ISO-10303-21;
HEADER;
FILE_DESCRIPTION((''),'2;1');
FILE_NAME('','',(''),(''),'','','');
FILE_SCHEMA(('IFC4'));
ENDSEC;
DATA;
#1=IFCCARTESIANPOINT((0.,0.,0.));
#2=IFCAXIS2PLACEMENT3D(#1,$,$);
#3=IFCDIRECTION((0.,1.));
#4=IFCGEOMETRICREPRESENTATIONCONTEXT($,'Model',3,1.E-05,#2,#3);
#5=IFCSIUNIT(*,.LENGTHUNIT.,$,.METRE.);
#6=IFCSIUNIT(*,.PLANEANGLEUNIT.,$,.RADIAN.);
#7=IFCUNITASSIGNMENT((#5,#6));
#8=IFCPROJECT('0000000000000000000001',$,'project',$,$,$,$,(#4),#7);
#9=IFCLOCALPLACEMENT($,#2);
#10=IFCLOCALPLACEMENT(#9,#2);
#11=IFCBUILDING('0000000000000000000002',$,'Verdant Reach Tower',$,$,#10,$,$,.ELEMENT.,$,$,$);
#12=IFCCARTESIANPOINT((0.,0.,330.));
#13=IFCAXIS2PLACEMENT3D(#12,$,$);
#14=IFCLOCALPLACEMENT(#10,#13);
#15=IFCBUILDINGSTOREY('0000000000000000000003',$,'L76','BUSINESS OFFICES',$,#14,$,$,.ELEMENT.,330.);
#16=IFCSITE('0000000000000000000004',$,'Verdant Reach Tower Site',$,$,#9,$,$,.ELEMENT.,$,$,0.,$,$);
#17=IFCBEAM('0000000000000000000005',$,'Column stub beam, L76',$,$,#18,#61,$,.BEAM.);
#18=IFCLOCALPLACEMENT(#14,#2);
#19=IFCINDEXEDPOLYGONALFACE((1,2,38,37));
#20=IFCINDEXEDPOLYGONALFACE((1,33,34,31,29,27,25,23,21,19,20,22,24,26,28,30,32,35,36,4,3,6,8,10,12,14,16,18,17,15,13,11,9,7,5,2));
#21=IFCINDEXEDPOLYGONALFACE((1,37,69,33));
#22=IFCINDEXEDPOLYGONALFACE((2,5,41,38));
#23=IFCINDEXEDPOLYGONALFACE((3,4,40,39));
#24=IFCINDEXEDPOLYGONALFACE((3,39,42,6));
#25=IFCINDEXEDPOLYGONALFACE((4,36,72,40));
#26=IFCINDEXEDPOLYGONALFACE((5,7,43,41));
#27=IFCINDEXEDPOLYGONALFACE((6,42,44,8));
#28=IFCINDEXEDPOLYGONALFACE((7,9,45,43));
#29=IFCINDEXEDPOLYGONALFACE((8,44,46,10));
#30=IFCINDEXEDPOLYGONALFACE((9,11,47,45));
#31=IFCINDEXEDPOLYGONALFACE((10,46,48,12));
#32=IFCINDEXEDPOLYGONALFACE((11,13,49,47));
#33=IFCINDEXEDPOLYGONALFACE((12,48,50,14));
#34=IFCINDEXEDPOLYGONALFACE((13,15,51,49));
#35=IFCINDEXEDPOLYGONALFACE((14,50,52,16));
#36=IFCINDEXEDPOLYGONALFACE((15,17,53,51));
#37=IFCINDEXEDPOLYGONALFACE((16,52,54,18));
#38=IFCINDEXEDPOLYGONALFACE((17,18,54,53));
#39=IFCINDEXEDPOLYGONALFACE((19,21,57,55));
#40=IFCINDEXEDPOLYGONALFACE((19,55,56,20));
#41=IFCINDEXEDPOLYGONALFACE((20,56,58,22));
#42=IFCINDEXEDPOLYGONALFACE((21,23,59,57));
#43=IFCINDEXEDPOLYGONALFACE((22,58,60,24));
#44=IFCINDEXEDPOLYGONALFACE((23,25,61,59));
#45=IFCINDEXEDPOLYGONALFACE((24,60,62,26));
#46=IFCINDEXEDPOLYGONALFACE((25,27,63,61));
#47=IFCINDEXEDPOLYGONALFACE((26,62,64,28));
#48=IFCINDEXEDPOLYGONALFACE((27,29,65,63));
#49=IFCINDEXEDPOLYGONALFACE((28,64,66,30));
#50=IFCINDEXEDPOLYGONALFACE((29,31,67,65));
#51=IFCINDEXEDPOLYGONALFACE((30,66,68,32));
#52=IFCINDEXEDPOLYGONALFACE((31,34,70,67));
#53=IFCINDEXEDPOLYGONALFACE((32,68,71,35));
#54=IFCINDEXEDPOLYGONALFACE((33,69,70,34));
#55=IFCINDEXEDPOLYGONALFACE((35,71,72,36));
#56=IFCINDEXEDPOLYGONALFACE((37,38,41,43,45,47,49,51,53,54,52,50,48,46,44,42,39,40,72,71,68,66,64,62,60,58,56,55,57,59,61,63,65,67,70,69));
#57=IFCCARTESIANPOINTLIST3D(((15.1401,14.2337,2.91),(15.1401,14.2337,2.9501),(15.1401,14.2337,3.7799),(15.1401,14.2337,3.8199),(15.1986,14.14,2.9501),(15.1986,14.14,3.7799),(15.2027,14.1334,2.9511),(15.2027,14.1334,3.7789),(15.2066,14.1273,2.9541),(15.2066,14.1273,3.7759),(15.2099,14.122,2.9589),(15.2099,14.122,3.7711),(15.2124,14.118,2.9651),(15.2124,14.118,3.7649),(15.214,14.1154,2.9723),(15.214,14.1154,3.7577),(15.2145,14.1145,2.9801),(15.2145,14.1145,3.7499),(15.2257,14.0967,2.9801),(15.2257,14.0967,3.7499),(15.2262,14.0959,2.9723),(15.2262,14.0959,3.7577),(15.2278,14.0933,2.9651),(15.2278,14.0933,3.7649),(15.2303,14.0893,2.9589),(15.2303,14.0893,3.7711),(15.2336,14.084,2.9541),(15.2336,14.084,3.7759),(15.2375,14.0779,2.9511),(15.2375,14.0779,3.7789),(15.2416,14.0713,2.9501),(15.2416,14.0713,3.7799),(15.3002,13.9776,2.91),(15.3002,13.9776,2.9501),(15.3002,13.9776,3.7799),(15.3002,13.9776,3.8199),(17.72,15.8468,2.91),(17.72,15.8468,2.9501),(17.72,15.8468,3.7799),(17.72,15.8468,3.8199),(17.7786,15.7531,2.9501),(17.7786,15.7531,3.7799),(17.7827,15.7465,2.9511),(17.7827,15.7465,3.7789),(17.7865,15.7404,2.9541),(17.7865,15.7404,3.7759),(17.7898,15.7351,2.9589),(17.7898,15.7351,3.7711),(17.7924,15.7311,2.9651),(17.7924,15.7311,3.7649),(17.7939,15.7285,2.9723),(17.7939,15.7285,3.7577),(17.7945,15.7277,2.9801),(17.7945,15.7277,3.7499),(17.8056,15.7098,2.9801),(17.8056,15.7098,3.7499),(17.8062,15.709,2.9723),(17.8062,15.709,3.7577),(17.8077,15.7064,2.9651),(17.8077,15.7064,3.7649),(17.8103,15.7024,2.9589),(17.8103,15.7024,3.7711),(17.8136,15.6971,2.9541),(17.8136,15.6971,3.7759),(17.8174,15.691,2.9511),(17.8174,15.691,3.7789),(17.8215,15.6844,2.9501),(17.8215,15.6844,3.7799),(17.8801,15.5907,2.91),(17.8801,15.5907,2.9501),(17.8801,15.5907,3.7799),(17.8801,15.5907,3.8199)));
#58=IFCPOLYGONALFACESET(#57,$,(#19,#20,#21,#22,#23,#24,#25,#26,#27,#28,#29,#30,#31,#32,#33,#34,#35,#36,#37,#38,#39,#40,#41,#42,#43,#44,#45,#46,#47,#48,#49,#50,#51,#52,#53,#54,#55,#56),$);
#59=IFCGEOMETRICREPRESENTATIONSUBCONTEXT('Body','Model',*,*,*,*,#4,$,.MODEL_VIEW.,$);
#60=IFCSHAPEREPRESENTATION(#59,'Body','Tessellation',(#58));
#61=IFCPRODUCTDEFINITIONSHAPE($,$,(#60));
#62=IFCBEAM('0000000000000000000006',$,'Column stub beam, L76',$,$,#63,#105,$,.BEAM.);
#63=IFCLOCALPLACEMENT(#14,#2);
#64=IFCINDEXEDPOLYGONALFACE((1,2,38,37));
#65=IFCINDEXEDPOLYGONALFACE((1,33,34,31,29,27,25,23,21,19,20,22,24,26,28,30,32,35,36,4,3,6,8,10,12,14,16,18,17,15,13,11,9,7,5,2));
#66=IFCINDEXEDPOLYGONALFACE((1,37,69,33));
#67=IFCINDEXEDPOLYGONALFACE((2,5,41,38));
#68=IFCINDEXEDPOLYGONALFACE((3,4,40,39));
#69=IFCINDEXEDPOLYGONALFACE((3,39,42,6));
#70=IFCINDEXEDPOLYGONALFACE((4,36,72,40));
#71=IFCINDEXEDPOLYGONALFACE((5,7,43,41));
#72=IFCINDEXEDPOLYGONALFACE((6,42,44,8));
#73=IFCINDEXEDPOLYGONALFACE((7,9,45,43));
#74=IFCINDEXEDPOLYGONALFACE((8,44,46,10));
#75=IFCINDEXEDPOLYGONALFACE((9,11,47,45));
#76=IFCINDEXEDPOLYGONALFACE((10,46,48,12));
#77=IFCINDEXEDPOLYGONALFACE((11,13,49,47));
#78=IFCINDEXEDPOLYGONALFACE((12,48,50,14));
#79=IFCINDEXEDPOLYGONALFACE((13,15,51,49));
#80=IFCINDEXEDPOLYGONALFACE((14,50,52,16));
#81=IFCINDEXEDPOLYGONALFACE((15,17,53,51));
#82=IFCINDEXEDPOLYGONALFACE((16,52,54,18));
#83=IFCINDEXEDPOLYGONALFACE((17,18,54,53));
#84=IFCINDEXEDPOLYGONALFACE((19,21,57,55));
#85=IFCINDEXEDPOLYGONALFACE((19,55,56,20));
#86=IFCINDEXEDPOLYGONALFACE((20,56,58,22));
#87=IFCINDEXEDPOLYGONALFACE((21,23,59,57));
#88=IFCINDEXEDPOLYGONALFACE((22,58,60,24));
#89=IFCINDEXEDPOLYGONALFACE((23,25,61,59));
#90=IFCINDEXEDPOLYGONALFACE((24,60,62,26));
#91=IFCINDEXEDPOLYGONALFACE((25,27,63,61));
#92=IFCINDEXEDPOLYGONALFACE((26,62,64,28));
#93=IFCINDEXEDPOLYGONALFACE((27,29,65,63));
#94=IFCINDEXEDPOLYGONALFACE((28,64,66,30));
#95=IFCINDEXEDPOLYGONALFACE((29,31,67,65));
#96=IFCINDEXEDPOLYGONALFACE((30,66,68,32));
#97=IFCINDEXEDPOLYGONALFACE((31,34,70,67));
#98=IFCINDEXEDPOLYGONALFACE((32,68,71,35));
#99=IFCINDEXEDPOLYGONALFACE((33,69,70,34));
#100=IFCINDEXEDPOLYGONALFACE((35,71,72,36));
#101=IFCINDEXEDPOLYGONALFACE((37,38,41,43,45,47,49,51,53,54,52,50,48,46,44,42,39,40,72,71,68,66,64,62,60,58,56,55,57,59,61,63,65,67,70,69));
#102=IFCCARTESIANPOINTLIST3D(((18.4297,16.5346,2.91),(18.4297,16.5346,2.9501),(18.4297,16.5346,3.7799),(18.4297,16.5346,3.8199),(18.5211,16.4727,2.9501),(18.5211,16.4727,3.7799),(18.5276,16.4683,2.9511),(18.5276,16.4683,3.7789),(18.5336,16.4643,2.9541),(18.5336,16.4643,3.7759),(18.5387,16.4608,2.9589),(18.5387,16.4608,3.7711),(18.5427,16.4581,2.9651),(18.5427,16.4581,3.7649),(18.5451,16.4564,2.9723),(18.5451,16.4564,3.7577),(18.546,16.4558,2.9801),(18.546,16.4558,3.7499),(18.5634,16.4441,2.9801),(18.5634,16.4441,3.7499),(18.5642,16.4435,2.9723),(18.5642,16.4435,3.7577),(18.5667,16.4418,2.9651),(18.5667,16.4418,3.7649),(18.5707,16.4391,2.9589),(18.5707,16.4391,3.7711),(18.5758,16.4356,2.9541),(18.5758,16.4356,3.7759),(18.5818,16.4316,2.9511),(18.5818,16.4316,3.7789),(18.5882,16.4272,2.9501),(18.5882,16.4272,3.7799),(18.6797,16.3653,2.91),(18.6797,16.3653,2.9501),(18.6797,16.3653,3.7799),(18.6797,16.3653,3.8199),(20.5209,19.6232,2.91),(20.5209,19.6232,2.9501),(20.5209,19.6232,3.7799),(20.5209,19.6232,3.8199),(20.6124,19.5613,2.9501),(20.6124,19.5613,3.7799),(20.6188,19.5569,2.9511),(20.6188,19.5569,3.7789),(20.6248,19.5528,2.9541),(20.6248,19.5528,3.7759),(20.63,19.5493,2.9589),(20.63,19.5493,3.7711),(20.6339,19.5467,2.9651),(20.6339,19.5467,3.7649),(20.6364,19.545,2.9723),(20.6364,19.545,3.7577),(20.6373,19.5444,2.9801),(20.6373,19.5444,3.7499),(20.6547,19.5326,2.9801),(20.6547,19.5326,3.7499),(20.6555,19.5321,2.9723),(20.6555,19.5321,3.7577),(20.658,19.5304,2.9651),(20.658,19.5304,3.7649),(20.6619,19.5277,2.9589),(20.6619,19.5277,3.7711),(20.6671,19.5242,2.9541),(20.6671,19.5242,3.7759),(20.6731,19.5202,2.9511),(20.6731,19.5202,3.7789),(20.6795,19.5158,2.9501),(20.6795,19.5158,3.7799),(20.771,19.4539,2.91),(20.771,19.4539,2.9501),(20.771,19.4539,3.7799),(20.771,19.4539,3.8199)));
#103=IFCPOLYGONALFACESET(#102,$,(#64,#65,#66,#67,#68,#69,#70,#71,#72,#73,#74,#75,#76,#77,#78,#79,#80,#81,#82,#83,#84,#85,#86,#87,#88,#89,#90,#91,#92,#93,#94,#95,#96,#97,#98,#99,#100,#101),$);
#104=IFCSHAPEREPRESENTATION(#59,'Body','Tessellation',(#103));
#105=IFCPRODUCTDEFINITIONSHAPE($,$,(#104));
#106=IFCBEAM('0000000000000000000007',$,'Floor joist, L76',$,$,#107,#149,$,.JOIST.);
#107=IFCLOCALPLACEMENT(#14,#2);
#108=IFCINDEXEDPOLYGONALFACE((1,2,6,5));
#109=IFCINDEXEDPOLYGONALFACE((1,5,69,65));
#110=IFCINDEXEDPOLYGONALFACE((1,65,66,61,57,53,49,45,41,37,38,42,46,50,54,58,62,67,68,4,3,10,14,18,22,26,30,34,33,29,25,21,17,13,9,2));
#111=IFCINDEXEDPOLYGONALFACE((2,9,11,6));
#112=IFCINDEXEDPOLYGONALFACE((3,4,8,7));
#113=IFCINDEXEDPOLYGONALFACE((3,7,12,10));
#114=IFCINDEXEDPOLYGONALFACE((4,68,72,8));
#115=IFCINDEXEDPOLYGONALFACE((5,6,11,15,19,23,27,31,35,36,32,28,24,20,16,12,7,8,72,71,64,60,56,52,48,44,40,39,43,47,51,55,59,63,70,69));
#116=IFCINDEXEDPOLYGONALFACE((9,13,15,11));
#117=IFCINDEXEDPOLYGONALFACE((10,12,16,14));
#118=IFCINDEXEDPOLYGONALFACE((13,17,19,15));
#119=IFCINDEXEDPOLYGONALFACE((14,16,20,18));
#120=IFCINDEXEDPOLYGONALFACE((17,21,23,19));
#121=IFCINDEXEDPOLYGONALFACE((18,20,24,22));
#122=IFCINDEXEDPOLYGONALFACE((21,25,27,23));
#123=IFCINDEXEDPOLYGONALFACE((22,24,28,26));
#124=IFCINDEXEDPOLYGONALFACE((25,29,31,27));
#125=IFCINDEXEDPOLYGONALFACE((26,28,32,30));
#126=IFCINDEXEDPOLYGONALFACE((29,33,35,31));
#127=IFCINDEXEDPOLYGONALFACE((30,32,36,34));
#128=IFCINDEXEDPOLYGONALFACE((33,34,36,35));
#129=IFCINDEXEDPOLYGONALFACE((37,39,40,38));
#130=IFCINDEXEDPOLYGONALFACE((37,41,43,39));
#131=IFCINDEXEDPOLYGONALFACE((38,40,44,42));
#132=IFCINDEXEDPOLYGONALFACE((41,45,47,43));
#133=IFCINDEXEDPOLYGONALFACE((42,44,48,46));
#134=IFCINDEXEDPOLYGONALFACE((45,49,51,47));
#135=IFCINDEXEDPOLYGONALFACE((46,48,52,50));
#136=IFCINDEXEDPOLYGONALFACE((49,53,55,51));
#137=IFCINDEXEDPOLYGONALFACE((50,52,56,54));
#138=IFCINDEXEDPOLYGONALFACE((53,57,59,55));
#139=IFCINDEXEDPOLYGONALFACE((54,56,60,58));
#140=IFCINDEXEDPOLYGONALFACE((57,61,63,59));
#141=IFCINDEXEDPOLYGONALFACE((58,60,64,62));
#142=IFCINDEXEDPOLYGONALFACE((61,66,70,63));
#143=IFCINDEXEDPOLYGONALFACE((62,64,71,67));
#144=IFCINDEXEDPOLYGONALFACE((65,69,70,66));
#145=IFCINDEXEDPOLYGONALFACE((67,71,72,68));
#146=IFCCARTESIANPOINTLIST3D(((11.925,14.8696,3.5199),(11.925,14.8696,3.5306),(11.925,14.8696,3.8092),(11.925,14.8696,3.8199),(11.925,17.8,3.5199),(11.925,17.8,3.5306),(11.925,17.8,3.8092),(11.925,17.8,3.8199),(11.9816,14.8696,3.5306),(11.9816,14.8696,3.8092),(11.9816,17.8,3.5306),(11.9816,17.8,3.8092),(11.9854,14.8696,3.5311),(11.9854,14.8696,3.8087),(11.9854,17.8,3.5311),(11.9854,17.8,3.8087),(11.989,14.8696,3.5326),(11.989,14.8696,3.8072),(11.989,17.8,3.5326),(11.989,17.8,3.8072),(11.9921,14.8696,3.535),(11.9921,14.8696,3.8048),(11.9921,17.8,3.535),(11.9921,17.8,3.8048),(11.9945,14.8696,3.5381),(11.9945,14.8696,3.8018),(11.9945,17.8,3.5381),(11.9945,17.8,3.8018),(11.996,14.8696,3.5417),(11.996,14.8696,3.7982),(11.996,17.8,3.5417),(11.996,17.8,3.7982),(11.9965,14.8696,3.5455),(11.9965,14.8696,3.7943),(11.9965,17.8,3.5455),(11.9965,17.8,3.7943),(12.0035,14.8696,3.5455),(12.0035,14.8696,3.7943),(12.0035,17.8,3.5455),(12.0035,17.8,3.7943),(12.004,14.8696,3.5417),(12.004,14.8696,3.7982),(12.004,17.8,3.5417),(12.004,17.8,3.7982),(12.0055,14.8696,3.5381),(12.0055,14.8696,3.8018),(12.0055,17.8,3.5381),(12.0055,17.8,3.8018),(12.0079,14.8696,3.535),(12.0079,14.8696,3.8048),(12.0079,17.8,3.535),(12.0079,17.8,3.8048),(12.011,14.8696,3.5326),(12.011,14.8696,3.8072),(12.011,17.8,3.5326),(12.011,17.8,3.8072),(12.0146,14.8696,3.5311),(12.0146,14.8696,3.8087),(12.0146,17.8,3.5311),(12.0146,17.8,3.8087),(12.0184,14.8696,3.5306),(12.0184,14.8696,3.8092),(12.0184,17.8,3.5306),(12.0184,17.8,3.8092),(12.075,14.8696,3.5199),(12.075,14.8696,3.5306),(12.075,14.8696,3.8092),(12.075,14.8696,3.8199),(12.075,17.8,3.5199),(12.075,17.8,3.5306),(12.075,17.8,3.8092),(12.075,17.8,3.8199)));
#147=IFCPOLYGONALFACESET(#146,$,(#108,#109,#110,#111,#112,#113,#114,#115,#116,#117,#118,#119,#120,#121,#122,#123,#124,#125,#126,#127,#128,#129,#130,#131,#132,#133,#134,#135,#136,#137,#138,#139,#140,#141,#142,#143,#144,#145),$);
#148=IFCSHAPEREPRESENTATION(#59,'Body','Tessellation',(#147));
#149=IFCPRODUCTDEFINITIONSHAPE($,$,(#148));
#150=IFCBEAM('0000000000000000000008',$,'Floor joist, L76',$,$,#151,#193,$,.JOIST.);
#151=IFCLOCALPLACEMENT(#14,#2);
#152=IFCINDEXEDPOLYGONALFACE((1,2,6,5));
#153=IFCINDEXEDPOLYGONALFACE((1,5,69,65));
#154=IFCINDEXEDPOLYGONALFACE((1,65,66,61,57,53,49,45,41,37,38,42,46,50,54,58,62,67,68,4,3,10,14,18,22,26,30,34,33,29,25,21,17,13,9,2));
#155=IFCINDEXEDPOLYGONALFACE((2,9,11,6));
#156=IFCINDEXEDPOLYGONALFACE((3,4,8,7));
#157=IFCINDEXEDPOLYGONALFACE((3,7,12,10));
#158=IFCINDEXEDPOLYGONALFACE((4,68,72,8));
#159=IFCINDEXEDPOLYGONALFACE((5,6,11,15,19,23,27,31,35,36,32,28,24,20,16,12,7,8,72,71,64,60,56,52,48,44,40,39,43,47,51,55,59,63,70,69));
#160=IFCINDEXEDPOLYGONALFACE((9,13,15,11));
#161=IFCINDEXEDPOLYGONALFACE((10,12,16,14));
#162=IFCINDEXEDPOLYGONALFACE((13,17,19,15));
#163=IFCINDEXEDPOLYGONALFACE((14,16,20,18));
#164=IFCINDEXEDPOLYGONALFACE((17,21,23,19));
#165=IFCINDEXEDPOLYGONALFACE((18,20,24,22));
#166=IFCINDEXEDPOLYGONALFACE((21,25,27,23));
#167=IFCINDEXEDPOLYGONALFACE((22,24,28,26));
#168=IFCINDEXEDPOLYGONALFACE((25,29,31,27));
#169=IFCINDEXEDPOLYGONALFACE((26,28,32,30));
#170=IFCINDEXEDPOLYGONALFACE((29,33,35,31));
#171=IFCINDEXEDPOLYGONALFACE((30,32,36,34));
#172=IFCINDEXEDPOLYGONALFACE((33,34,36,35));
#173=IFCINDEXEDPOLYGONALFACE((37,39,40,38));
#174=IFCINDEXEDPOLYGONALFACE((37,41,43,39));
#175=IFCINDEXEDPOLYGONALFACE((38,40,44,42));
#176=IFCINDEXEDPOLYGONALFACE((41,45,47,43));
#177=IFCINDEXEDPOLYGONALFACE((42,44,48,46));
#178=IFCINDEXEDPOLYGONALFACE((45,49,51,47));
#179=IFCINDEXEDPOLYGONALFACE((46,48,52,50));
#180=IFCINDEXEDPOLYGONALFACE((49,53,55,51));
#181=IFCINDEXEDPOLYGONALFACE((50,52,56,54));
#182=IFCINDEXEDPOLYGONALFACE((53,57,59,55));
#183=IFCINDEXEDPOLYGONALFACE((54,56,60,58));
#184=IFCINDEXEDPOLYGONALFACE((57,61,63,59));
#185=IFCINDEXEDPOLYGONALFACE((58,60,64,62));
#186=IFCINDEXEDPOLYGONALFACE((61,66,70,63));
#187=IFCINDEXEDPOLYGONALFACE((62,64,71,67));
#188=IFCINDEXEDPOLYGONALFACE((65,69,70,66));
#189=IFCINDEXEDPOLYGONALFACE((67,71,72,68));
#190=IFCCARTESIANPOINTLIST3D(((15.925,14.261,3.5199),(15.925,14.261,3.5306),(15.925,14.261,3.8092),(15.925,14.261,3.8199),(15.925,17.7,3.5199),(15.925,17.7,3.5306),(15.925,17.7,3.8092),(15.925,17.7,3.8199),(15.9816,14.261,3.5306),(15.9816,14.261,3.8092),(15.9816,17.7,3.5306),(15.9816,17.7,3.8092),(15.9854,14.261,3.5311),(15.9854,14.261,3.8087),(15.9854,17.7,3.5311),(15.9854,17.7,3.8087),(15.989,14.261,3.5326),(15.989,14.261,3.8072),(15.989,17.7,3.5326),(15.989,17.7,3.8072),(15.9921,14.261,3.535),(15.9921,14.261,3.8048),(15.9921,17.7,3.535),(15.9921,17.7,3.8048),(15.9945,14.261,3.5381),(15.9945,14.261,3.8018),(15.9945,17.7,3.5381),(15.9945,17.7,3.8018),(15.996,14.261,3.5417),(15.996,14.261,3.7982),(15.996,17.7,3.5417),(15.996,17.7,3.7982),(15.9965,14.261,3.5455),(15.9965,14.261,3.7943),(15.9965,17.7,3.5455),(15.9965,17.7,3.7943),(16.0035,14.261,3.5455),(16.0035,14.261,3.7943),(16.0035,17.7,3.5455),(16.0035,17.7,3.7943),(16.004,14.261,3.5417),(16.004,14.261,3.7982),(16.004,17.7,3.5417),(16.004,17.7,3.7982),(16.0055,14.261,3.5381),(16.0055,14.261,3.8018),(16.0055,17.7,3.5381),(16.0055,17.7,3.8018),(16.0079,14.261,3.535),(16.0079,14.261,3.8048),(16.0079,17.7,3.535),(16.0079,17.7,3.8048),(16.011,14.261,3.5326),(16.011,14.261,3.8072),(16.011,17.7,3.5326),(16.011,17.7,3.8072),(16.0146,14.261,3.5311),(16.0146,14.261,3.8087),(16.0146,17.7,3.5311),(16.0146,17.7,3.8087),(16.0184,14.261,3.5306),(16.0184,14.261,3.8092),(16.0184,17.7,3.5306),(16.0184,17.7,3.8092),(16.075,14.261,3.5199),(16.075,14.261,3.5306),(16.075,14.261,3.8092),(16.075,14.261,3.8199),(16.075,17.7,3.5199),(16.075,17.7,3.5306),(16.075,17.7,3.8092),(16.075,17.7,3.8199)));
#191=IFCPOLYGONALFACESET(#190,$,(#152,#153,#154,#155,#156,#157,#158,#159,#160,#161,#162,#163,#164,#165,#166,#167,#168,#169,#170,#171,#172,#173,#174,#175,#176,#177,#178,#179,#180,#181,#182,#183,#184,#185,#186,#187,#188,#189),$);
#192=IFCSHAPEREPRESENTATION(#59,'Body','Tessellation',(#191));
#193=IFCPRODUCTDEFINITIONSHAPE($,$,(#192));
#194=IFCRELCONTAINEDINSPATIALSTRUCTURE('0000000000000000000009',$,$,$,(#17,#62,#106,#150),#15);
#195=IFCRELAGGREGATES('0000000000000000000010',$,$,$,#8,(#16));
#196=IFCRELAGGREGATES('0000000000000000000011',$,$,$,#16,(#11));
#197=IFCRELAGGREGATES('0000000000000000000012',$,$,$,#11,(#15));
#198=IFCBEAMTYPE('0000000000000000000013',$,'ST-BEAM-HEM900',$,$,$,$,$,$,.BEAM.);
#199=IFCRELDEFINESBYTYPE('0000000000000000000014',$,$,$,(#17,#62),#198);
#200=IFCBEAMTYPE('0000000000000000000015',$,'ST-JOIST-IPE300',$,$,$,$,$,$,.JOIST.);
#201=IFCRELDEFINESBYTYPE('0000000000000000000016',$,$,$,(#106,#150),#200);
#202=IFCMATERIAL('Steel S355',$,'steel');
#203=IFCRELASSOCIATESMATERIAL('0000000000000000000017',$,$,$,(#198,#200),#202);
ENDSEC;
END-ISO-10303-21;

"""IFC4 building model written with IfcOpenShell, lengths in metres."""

from ifc_helpers import new_model, si_unit, direction, frame, origin, origin_2d, place, context, subcontext, project, spatial, i_section, extrude, material, material_profile, profile_set, type_object, element, save


model = new_model("IFC4")

# Units and contexts
model_context = context("Model", 3, precision=1e-05, world=origin(), true_north=direction((0.0, 1.0)))
body_context = subcontext(model_context, "Body", "Model", "MODEL_VIEW")
ifc_project = project(units=[si_unit("LENGTHUNIT", "METRE"), si_unit("PLANEANGLEUNIT", "RADIAN")], contexts=[model_context])

# Site, building, storey
site_placement = place(None, origin())
site = spatial("IfcSite", under=ifc_project, at=site_placement, Name="Verdant Reach Tower Site", CompositionType="ELEMENT", RefElevation=0.0)
building_placement = place(site_placement, origin())
building = spatial("IfcBuilding", under=site, at=building_placement, Name="Verdant Reach Tower", CompositionType="ELEMENT")
storey_placement = place(building_placement, frame((0.0, 0.0, 330.0)))
storey = spatial("IfcBuildingStorey", under=building, at=storey_placement, Name="L76", Description="BUSINESS OFFICES", CompositionType="ELEMENT", Elevation=330.0)

# Beams
ifc_material_1 = material(Name="Steel S355", Category="steel")
ifc_material_profile_1 = material_profile(ifc_material_1, i_section(OverallWidth=0.302, OverallDepth=0.9099, WebThickness=0.021, FlangeThickness=0.04, FilletRadius=0.03, at=origin_2d()), Name="HEM 900")
ifc_profile_set_1 = profile_set([ifc_material_profile_1], Name="Steel S355")
beam_type_1 = type_object("IfcBeamType", Name="ST-BEAM-HEM900", PredefinedType="BEAM", material=ifc_profile_set_1)
beam_1_placement = place(storey_placement, frame((17.8, 15.7188, 3.365), z_axis=(-0.847904, -0.53015, 0.0), x_axis=(0.53015, -0.847904, 0.0)))
element("IfcBeam", 1, at=beam_1_placement, inside=storey, type_object=beam_type_1, Name="Column stub beam, L76", PredefinedType="BEAM", context=body_context, shape_type="SweptSolid", body=[
    extrude(i_section(OverallWidth=0.302, OverallDepth=0.9099, WebThickness=0.021, FlangeThickness=0.04, FilletRadius=0.03, at=origin_2d()), origin(), (0.0, 0.0, 1.0), 3.0427),
])
beam_2_placement = place(storey_placement, frame((18.5547, 16.45, 3.365), z_axis=(0.560667, 0.828041, 0.0), x_axis=(-0.828041, 0.560667, 0.0)))
element("IfcBeam", 2, at=beam_2_placement, inside=storey, type_object=beam_type_1, Name="Column stub beam, L76", PredefinedType="BEAM", context=body_context, shape_type="SweptSolid", body=[
    extrude(i_section(OverallWidth=0.302, OverallDepth=0.9099, WebThickness=0.021, FlangeThickness=0.04, FilletRadius=0.03, at=origin_2d()), origin(), (0.0, 0.0, 1.0), 3.73),
])
ifc_material_profile_2 = material_profile(ifc_material_1, i_section(OverallWidth=0.1499, OverallDepth=0.3, WebThickness=0.0071, FlangeThickness=0.0107, FilletRadius=0.0149, at=origin_2d()), Name="IPE 300")
ifc_profile_set_2 = profile_set([ifc_material_profile_2], Name="Steel S355")
beam_type_2 = type_object("IfcBeamType", Name="ST-JOIST-IPE300", PredefinedType="JOIST", material=ifc_profile_set_2)
beam_3_placement = place(storey_placement, frame((12.0, 17.8, 3.6699), z_axis=(0.0, -1.0, 0.0), x_axis=(1.0, 0.0, 0.0)))
element("IfcBeam", 3, at=beam_3_placement, inside=storey, type_object=beam_type_2, Name="Floor joist, L76", PredefinedType="JOIST", context=body_context, shape_type="SweptSolid", body=[
    extrude(i_section(OverallWidth=0.1499, OverallDepth=0.3, WebThickness=0.0071, FlangeThickness=0.0107, FilletRadius=0.0149, at=origin_2d()), origin(), (0.0, 0.0, 1.0), 2.9304),
])
beam_4_placement = place(storey_placement, frame((16.0, 17.7, 3.6699), z_axis=(0.0, -1.0, 0.0), x_axis=(1.0, 0.0, 0.0)))
element("IfcBeam", 4, at=beam_4_placement, inside=storey, type_object=beam_type_2, Name="Floor joist, L76", PredefinedType="JOIST", context=body_context, shape_type="SweptSolid", body=[
    extrude(i_section(OverallWidth=0.1499, OverallDepth=0.3, WebThickness=0.0071, FlangeThickness=0.0107, FilletRadius=0.0149, at=origin_2d()), origin(), (0.0, 0.0, 1.0), 3.439),
])

save(model, "model.ifc")
